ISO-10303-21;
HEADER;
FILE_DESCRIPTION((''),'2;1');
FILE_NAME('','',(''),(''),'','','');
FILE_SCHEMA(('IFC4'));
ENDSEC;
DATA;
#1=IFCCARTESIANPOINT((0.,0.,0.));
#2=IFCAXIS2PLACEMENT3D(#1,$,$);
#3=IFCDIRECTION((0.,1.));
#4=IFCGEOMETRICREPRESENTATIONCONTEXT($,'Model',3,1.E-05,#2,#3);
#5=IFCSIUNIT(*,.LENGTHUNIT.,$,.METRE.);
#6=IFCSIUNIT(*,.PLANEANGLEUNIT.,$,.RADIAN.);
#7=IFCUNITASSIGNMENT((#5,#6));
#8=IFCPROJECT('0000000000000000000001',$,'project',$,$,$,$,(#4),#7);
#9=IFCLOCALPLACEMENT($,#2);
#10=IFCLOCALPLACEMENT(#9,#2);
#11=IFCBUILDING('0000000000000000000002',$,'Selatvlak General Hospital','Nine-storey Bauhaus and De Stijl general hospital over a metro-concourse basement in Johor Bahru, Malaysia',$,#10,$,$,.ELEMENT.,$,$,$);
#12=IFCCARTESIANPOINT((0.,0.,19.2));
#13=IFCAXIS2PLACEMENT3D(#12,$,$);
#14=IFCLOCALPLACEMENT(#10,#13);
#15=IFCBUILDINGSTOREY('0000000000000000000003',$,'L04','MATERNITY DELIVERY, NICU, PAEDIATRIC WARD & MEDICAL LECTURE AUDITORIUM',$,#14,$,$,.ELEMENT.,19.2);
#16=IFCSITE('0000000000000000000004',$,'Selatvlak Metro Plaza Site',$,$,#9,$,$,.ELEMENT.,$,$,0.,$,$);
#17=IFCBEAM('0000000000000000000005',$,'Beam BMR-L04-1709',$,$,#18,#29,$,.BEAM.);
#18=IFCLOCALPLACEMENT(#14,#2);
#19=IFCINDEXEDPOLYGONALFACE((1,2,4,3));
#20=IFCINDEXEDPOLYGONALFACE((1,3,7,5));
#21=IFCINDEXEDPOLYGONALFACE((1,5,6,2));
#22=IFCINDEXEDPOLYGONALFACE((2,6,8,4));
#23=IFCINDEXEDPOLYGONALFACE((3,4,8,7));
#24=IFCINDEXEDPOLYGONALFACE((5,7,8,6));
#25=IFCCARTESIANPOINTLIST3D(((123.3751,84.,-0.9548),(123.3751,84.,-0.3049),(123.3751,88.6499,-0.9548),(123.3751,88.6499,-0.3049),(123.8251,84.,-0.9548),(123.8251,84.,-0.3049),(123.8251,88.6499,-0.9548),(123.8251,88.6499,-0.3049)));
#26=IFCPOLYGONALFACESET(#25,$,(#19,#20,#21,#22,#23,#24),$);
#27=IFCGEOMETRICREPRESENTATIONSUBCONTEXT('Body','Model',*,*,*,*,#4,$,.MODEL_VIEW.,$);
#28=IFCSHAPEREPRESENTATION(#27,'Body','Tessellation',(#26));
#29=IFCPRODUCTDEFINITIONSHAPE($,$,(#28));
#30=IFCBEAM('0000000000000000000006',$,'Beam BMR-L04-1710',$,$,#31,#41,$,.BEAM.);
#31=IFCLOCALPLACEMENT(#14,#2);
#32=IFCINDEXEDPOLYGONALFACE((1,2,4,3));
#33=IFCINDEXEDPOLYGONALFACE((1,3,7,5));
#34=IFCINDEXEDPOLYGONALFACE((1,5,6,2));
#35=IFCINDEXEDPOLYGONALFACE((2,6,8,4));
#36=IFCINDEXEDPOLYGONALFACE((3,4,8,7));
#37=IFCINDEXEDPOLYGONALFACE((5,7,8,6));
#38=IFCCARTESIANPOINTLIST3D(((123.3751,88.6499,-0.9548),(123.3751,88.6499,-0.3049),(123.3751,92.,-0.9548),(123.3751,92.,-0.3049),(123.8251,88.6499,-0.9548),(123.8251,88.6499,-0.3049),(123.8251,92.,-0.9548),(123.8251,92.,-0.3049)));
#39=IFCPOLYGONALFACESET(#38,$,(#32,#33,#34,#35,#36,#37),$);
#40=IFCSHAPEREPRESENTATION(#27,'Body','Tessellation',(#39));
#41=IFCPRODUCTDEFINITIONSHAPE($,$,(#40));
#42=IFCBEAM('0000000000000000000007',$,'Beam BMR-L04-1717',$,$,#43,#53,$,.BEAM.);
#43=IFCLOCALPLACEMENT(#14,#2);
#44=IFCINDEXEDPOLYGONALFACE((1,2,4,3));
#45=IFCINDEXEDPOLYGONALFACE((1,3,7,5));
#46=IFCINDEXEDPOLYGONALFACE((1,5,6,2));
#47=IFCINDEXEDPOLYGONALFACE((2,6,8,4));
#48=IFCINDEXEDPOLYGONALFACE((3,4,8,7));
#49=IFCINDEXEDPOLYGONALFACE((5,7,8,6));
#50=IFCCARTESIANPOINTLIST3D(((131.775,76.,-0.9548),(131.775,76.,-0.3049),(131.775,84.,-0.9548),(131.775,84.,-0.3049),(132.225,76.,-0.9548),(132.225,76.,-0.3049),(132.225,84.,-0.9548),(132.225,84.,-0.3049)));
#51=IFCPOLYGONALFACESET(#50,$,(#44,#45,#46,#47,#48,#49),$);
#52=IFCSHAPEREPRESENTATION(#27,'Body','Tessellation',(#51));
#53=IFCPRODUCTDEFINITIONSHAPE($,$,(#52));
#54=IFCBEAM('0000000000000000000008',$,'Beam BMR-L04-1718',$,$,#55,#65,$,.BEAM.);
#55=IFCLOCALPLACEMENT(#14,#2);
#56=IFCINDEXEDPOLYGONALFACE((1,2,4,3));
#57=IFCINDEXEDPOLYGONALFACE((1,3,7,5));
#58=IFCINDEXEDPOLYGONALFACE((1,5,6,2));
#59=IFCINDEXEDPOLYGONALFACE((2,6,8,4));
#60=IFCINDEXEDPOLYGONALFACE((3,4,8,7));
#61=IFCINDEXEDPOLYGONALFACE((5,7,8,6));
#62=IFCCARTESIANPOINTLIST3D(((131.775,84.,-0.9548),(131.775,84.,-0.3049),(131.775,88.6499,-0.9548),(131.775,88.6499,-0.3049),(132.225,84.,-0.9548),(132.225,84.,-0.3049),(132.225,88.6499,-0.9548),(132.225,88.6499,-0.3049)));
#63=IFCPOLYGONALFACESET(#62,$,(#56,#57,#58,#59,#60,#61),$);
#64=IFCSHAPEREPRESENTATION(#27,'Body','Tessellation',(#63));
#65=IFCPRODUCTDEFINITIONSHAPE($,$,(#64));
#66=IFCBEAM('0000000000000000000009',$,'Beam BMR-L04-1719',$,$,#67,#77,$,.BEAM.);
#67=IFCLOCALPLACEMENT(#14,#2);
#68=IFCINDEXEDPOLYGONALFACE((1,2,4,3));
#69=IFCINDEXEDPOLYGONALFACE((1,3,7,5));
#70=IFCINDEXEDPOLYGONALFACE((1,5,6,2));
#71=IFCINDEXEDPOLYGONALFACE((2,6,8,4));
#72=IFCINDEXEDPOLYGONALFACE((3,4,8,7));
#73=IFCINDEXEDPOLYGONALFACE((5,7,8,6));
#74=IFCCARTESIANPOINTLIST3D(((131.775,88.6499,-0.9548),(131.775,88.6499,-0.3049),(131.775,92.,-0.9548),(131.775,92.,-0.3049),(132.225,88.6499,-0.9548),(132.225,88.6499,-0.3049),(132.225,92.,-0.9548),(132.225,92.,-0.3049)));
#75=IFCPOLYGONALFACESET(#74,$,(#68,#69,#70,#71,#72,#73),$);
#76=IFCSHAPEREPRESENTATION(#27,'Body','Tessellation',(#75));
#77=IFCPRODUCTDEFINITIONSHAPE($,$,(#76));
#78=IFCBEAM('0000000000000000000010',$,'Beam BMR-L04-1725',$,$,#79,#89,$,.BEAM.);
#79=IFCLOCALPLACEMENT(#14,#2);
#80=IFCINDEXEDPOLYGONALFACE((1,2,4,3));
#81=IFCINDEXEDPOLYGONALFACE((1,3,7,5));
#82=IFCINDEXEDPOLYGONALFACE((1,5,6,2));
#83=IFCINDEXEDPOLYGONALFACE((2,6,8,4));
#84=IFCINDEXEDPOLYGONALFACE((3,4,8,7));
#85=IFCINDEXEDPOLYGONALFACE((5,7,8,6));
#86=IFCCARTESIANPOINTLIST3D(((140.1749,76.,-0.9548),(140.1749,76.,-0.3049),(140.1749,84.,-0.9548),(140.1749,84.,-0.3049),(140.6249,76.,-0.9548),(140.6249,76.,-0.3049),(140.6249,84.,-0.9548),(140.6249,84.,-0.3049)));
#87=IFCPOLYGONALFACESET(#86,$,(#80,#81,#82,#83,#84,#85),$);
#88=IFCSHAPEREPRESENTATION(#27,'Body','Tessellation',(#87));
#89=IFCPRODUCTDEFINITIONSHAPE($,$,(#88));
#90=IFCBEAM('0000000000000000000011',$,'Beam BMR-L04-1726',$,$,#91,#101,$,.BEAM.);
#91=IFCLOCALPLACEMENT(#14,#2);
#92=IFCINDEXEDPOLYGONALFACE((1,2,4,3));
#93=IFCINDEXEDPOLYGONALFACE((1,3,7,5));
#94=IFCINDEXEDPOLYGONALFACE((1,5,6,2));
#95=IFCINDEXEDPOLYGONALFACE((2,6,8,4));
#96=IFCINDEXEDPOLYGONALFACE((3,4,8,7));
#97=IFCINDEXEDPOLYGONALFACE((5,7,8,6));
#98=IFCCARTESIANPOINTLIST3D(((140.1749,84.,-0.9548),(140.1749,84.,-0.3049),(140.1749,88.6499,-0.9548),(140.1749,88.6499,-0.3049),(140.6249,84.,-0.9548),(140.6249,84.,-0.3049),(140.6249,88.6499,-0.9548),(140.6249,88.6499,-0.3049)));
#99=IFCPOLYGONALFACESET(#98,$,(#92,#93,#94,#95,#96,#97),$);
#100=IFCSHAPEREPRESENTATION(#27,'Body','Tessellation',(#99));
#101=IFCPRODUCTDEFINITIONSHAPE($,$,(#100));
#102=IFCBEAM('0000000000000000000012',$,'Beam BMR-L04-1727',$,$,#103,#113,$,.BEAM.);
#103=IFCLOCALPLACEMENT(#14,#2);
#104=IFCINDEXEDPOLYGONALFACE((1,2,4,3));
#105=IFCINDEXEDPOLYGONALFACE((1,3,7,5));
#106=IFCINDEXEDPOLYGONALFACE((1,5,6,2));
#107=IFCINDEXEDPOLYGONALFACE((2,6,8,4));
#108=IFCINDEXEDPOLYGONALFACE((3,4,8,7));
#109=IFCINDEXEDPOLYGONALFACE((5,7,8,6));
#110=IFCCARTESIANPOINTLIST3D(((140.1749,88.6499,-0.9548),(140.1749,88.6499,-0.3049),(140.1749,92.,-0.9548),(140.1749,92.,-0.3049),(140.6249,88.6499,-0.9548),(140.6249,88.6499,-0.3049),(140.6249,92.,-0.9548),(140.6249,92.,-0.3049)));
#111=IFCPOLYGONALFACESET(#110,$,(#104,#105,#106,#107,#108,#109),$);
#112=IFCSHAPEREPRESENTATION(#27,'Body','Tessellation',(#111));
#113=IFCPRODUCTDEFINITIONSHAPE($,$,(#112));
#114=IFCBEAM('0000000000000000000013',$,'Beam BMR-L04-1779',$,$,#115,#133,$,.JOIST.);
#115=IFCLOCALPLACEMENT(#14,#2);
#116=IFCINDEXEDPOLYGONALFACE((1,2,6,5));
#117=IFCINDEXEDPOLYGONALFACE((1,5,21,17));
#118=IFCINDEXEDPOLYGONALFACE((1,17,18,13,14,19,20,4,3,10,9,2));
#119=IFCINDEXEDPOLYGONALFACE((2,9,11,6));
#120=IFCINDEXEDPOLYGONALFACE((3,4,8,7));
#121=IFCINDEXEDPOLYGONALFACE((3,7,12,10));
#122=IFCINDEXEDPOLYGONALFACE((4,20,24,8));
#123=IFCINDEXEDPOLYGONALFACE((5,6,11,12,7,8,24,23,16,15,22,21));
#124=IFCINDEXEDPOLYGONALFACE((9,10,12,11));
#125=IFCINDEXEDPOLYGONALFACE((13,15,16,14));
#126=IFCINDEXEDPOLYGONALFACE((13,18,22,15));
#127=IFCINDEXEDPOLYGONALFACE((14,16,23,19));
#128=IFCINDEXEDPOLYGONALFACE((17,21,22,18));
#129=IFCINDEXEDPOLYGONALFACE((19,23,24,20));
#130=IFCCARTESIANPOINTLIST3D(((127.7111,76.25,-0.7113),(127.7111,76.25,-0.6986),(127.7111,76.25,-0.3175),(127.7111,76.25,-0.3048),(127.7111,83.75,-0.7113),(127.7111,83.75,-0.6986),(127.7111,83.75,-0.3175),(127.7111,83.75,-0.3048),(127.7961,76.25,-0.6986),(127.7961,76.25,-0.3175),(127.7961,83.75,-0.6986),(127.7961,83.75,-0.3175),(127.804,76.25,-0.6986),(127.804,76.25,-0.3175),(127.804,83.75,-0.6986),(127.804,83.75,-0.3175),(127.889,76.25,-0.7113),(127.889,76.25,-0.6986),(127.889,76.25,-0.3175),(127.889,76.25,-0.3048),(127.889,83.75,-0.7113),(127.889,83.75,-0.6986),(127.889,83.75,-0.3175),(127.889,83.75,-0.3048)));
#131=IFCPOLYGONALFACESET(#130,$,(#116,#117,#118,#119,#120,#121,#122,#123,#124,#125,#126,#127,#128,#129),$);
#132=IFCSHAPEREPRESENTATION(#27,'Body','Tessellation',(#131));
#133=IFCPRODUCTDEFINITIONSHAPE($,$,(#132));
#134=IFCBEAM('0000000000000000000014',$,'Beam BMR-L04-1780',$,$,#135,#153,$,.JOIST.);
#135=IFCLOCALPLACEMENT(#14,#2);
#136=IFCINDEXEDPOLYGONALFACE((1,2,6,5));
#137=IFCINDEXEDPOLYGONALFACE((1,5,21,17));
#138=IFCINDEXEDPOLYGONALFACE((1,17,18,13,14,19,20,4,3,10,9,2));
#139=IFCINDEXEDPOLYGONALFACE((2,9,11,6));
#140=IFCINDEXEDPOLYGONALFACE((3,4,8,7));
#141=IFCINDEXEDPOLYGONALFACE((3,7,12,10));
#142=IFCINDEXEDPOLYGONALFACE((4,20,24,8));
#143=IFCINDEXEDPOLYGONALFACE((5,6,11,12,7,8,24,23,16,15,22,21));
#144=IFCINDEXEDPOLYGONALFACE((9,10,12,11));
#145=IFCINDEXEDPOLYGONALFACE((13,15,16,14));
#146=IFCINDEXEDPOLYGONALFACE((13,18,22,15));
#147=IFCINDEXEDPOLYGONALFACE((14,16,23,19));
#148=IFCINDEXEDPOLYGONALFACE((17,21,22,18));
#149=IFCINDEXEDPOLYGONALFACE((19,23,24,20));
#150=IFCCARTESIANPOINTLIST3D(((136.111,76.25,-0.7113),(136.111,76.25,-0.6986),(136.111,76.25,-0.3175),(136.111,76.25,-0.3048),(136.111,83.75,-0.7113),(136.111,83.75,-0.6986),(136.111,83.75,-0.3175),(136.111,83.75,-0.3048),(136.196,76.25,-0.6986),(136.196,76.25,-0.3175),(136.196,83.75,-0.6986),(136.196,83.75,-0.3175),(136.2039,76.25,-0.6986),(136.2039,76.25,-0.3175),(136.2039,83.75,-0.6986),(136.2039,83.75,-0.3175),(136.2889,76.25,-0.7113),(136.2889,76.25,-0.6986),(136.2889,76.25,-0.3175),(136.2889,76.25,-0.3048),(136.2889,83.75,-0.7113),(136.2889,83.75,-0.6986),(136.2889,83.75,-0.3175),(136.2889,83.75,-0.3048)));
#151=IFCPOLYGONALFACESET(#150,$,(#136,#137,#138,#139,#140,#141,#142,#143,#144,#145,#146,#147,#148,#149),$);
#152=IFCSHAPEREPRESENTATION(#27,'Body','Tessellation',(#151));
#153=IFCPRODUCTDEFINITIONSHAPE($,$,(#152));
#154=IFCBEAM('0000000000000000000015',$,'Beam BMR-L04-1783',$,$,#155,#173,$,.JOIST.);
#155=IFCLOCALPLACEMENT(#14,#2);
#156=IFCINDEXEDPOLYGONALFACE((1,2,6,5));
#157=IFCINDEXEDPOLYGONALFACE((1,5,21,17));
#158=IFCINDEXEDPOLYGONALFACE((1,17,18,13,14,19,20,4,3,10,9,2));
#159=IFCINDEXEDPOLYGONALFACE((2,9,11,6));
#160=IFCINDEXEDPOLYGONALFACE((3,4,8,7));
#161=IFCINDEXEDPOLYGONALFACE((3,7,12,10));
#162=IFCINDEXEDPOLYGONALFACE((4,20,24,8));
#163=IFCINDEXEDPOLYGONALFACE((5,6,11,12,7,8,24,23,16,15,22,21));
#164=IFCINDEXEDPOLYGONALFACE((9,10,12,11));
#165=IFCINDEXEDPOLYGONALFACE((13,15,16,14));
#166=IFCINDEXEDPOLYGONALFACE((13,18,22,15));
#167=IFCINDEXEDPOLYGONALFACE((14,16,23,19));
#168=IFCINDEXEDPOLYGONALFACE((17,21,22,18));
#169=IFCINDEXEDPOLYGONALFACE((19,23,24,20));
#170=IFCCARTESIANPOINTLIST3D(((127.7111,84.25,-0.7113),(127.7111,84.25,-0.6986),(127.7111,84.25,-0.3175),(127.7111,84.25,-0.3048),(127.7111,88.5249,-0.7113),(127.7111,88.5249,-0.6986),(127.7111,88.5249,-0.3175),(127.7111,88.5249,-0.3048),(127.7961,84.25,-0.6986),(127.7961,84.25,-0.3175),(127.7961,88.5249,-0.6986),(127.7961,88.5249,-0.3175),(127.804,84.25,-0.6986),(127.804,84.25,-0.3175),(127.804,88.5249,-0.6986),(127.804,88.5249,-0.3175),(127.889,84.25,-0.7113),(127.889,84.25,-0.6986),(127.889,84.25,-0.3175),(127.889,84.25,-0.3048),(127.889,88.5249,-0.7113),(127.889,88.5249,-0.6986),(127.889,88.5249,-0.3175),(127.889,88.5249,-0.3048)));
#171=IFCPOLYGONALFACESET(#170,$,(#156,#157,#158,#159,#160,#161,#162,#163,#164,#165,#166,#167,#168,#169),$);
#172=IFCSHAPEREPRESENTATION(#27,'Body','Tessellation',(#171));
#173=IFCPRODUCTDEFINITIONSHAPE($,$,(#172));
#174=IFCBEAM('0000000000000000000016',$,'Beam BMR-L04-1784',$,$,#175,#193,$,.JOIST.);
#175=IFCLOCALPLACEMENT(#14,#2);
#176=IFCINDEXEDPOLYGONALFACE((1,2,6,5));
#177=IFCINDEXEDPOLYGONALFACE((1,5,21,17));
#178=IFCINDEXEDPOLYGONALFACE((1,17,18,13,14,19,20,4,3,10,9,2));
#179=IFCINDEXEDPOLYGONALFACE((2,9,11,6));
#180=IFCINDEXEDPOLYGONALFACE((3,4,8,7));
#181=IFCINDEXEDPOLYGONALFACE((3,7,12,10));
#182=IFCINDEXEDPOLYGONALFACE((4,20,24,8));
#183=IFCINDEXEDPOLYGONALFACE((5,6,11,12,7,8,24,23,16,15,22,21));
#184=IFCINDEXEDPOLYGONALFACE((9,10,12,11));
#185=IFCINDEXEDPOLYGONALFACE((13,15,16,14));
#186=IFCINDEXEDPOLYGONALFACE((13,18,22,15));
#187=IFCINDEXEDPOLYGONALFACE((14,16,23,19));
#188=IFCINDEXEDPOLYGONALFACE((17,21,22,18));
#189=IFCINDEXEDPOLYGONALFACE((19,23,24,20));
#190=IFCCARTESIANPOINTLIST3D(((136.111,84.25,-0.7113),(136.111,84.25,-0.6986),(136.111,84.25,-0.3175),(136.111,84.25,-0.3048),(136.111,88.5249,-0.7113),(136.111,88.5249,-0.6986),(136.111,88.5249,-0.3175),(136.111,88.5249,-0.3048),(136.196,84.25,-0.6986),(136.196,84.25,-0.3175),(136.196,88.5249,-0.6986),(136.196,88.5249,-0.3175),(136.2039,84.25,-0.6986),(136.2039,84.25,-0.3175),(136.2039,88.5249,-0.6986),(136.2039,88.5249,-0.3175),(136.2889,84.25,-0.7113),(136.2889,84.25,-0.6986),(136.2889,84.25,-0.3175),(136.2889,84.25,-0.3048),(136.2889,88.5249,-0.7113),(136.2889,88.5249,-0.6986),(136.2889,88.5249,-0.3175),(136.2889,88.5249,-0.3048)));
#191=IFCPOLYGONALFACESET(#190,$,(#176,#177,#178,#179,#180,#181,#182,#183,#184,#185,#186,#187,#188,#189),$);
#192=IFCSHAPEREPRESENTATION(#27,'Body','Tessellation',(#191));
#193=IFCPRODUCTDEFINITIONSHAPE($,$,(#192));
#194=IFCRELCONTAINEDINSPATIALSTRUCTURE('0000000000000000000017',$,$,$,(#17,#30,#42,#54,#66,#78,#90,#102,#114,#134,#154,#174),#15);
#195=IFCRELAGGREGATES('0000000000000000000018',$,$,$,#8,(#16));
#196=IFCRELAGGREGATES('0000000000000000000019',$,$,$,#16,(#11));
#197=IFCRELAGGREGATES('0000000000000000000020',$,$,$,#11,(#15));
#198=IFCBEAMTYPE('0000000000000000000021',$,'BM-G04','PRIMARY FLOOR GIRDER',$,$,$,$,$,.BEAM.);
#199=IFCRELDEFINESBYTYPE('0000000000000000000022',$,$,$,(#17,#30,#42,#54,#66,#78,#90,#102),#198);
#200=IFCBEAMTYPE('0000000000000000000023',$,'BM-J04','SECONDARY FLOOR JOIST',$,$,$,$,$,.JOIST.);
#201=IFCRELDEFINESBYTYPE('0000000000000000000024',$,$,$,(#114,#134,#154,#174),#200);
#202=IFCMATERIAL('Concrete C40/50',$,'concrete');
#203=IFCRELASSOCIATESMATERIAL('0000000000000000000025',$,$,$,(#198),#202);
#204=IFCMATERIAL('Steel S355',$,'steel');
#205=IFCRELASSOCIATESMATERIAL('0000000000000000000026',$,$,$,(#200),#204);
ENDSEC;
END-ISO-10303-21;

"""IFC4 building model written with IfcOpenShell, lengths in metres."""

from ifc_helpers import new_model, si_unit, direction, frame, origin, origin_2d, place, context, subcontext, project, spatial, rectangle, i_section, extrude, material, material_profile, profile_set, type_object, element, save


model = new_model("IFC4")

# Units and contexts
model_context = context("Model", 3, precision=1e-05, world=origin(), true_north=direction((0.0, 1.0)))
body_context = subcontext(model_context, "Body", "Model", "MODEL_VIEW")
ifc_project = project(units=[si_unit("LENGTHUNIT", "METRE"), si_unit("PLANEANGLEUNIT", "RADIAN")], contexts=[model_context])

# Site, building, storey
site_placement = place(None, origin())
site = spatial("IfcSite", under=ifc_project, at=site_placement, Name="Selatvlak Metro Plaza Site", CompositionType="ELEMENT", RefElevation=0.0)
building_placement = place(site_placement, origin())
building = spatial("IfcBuilding", under=site, at=building_placement, Name="Selatvlak General Hospital", Description="Nine-storey Bauhaus and De Stijl general hospital over a metro-concourse basement in Johor Bahru, Malaysia", CompositionType="ELEMENT")
storey_placement = place(building_placement, frame((0.0, 0.0, 19.2)))
storey = spatial("IfcBuildingStorey", under=building, at=storey_placement, Name="L04", Description="MATERNITY DELIVERY, NICU, PAEDIATRIC WARD & MEDICAL LECTURE AUDITORIUM", CompositionType="ELEMENT", Elevation=19.2)

# Beams
ifc_material_1 = material(Name="Concrete C40/50", Category="concrete")
ifc_material_profile_1 = material_profile(ifc_material_1, rectangle(XDim=0.45, YDim=0.6499, at=origin_2d()), Name="RC-BM 450x650")
ifc_profile_set_1 = profile_set([ifc_material_profile_1], Name="Concrete C40/50")
beam_type_1 = type_object("IfcBeamType", Name="BM-G04", Description="PRIMARY FLOOR GIRDER", PredefinedType="BEAM", material=ifc_profile_set_1)
beam_1_placement = place(storey_placement, frame((123.6001, 84.0, -0.6299), z_axis=(0.0, 1.0, 0.0), x_axis=(-1.0, 0.0, 0.0)))
element("IfcBeam", 1, at=beam_1_placement, inside=storey, type_object=beam_type_1, Name="Beam BMR-L04-1709", PredefinedType="BEAM", context=body_context, shape_type="SweptSolid", body=[
    extrude(rectangle(XDim=0.45, YDim=0.6499, at=origin_2d()), origin(), (0.0, 0.0, 1.0), 4.6499),
])
beam_2_placement = place(storey_placement, frame((123.6001, 88.6499, -0.6299), z_axis=(0.0, 1.0, 0.0), x_axis=(-1.0, 0.0, 0.0)))
element("IfcBeam", 2, at=beam_2_placement, inside=storey, type_object=beam_type_1, Name="Beam BMR-L04-1710", PredefinedType="BEAM", context=body_context, shape_type="SweptSolid", body=[
    extrude(rectangle(XDim=0.45, YDim=0.6499, at=origin_2d()), origin(), (0.0, 0.0, 1.0), 3.3501),
])
beam_3_placement = place(storey_placement, frame((132.0, 76.0, -0.6299), z_axis=(0.0, 1.0, 0.0), x_axis=(-1.0, 0.0, 0.0)))
element("IfcBeam", 3, at=beam_3_placement, inside=storey, type_object=beam_type_1, Name="Beam BMR-L04-1717", PredefinedType="BEAM", context=body_context, shape_type="SweptSolid", body=[
    extrude(rectangle(XDim=0.45, YDim=0.6499, at=origin_2d()), origin(), (0.0, 0.0, 1.0), 8.0),
])
beam_4_placement = place(storey_placement, frame((132.0, 84.0, -0.6299), z_axis=(0.0, 1.0, 0.0), x_axis=(-1.0, 0.0, 0.0)))
element("IfcBeam", 4, at=beam_4_placement, inside=storey, type_object=beam_type_1, Name="Beam BMR-L04-1718", PredefinedType="BEAM", context=body_context, shape_type="SweptSolid", body=[
    extrude(rectangle(XDim=0.45, YDim=0.6499, at=origin_2d()), origin(), (0.0, 0.0, 1.0), 4.6499),
])
beam_5_placement = place(storey_placement, frame((132.0, 88.6499, -0.6299), z_axis=(0.0, 1.0, 0.0), x_axis=(-1.0, 0.0, 0.0)))
element("IfcBeam", 5, at=beam_5_placement, inside=storey, type_object=beam_type_1, Name="Beam BMR-L04-1719", PredefinedType="BEAM", context=body_context, shape_type="SweptSolid", body=[
    extrude(rectangle(XDim=0.45, YDim=0.6499, at=origin_2d()), origin(), (0.0, 0.0, 1.0), 3.3501),
])
beam_6_placement = place(storey_placement, frame((140.3999, 76.0, -0.6299), z_axis=(0.0, 1.0, 0.0), x_axis=(-1.0, 0.0, 0.0)))
element("IfcBeam", 6, at=beam_6_placement, inside=storey, type_object=beam_type_1, Name="Beam BMR-L04-1725", PredefinedType="BEAM", context=body_context, shape_type="SweptSolid", body=[
    extrude(rectangle(XDim=0.45, YDim=0.6499, at=origin_2d()), origin(), (0.0, 0.0, 1.0), 8.0),
])
beam_7_placement = place(storey_placement, frame((140.3999, 84.0, -0.6299), z_axis=(0.0, 1.0, 0.0), x_axis=(-1.0, 0.0, 0.0)))
element("IfcBeam", 7, at=beam_7_placement, inside=storey, type_object=beam_type_1, Name="Beam BMR-L04-1726", PredefinedType="BEAM", context=body_context, shape_type="SweptSolid", body=[
    extrude(rectangle(XDim=0.45, YDim=0.6499, at=origin_2d()), origin(), (0.0, 0.0, 1.0), 4.6499),
])
beam_8_placement = place(storey_placement, frame((140.3999, 88.6499, -0.6299), z_axis=(0.0, 1.0, 0.0), x_axis=(-1.0, 0.0, 0.0)))
element("IfcBeam", 8, at=beam_8_placement, inside=storey, type_object=beam_type_1, Name="Beam BMR-L04-1727", PredefinedType="BEAM", context=body_context, shape_type="SweptSolid", body=[
    extrude(rectangle(XDim=0.45, YDim=0.6499, at=origin_2d()), origin(), (0.0, 0.0, 1.0), 3.3501),
])
ifc_material_2 = material(Name="Steel S355", Category="steel")
ifc_material_profile_2 = material_profile(ifc_material_2, i_section(OverallWidth=0.178, OverallDepth=0.4065, WebThickness=0.0078, FlangeThickness=0.0127, at=origin_2d()), Name="UB 406x178x60")
ifc_profile_set_2 = profile_set([ifc_material_profile_2], Name="Steel S355")
beam_type_2 = type_object("IfcBeamType", Name="BM-J04", Description="SECONDARY FLOOR JOIST", PredefinedType="JOIST", material=ifc_profile_set_2)
for number, where, z_axis, x_axis, name in (
    (9, (127.8, 76.25, -0.5081), (0.0, 1.0, 0.0), (-1.0, 0.0, 0.0), "Beam BMR-L04-1779"),
    (10, (136.2, 76.25, -0.5081), (0.0, 1.0, 0.0), (-1.0, 0.0, 0.0), "Beam BMR-L04-1780"),
):
    element("IfcBeam", number, at=place(storey_placement, frame(where, z_axis=z_axis, x_axis=x_axis)), inside=storey, type_object=beam_type_2, Name=name, PredefinedType="JOIST", context=body_context, shape_type="SweptSolid", body=[
        extrude(i_section(OverallWidth=0.178, OverallDepth=0.4065, WebThickness=0.0078, FlangeThickness=0.0127, at=origin_2d()), origin(), (0.0, 0.0, 1.0), 7.5),
    ])
for number, where, z_axis, x_axis, name in (
    (11, (127.8, 84.25, -0.5081), (0.0, 1.0, 0.0), (-1.0, 0.0, 0.0), "Beam BMR-L04-1783"),
    (12, (136.2, 84.25, -0.5081), (0.0, 1.0, 0.0), (-1.0, 0.0, 0.0), "Beam BMR-L04-1784"),
):
    element("IfcBeam", number, at=place(storey_placement, frame(where, z_axis=z_axis, x_axis=x_axis)), inside=storey, type_object=beam_type_2, Name=name, PredefinedType="JOIST", context=body_context, shape_type="SweptSolid", body=[
        extrude(i_section(OverallWidth=0.178, OverallDepth=0.4065, WebThickness=0.0078, FlangeThickness=0.0127, at=origin_2d()), origin(), (0.0, 0.0, 1.0), 4.2749),
    ])

save(model, "model.ifc")
